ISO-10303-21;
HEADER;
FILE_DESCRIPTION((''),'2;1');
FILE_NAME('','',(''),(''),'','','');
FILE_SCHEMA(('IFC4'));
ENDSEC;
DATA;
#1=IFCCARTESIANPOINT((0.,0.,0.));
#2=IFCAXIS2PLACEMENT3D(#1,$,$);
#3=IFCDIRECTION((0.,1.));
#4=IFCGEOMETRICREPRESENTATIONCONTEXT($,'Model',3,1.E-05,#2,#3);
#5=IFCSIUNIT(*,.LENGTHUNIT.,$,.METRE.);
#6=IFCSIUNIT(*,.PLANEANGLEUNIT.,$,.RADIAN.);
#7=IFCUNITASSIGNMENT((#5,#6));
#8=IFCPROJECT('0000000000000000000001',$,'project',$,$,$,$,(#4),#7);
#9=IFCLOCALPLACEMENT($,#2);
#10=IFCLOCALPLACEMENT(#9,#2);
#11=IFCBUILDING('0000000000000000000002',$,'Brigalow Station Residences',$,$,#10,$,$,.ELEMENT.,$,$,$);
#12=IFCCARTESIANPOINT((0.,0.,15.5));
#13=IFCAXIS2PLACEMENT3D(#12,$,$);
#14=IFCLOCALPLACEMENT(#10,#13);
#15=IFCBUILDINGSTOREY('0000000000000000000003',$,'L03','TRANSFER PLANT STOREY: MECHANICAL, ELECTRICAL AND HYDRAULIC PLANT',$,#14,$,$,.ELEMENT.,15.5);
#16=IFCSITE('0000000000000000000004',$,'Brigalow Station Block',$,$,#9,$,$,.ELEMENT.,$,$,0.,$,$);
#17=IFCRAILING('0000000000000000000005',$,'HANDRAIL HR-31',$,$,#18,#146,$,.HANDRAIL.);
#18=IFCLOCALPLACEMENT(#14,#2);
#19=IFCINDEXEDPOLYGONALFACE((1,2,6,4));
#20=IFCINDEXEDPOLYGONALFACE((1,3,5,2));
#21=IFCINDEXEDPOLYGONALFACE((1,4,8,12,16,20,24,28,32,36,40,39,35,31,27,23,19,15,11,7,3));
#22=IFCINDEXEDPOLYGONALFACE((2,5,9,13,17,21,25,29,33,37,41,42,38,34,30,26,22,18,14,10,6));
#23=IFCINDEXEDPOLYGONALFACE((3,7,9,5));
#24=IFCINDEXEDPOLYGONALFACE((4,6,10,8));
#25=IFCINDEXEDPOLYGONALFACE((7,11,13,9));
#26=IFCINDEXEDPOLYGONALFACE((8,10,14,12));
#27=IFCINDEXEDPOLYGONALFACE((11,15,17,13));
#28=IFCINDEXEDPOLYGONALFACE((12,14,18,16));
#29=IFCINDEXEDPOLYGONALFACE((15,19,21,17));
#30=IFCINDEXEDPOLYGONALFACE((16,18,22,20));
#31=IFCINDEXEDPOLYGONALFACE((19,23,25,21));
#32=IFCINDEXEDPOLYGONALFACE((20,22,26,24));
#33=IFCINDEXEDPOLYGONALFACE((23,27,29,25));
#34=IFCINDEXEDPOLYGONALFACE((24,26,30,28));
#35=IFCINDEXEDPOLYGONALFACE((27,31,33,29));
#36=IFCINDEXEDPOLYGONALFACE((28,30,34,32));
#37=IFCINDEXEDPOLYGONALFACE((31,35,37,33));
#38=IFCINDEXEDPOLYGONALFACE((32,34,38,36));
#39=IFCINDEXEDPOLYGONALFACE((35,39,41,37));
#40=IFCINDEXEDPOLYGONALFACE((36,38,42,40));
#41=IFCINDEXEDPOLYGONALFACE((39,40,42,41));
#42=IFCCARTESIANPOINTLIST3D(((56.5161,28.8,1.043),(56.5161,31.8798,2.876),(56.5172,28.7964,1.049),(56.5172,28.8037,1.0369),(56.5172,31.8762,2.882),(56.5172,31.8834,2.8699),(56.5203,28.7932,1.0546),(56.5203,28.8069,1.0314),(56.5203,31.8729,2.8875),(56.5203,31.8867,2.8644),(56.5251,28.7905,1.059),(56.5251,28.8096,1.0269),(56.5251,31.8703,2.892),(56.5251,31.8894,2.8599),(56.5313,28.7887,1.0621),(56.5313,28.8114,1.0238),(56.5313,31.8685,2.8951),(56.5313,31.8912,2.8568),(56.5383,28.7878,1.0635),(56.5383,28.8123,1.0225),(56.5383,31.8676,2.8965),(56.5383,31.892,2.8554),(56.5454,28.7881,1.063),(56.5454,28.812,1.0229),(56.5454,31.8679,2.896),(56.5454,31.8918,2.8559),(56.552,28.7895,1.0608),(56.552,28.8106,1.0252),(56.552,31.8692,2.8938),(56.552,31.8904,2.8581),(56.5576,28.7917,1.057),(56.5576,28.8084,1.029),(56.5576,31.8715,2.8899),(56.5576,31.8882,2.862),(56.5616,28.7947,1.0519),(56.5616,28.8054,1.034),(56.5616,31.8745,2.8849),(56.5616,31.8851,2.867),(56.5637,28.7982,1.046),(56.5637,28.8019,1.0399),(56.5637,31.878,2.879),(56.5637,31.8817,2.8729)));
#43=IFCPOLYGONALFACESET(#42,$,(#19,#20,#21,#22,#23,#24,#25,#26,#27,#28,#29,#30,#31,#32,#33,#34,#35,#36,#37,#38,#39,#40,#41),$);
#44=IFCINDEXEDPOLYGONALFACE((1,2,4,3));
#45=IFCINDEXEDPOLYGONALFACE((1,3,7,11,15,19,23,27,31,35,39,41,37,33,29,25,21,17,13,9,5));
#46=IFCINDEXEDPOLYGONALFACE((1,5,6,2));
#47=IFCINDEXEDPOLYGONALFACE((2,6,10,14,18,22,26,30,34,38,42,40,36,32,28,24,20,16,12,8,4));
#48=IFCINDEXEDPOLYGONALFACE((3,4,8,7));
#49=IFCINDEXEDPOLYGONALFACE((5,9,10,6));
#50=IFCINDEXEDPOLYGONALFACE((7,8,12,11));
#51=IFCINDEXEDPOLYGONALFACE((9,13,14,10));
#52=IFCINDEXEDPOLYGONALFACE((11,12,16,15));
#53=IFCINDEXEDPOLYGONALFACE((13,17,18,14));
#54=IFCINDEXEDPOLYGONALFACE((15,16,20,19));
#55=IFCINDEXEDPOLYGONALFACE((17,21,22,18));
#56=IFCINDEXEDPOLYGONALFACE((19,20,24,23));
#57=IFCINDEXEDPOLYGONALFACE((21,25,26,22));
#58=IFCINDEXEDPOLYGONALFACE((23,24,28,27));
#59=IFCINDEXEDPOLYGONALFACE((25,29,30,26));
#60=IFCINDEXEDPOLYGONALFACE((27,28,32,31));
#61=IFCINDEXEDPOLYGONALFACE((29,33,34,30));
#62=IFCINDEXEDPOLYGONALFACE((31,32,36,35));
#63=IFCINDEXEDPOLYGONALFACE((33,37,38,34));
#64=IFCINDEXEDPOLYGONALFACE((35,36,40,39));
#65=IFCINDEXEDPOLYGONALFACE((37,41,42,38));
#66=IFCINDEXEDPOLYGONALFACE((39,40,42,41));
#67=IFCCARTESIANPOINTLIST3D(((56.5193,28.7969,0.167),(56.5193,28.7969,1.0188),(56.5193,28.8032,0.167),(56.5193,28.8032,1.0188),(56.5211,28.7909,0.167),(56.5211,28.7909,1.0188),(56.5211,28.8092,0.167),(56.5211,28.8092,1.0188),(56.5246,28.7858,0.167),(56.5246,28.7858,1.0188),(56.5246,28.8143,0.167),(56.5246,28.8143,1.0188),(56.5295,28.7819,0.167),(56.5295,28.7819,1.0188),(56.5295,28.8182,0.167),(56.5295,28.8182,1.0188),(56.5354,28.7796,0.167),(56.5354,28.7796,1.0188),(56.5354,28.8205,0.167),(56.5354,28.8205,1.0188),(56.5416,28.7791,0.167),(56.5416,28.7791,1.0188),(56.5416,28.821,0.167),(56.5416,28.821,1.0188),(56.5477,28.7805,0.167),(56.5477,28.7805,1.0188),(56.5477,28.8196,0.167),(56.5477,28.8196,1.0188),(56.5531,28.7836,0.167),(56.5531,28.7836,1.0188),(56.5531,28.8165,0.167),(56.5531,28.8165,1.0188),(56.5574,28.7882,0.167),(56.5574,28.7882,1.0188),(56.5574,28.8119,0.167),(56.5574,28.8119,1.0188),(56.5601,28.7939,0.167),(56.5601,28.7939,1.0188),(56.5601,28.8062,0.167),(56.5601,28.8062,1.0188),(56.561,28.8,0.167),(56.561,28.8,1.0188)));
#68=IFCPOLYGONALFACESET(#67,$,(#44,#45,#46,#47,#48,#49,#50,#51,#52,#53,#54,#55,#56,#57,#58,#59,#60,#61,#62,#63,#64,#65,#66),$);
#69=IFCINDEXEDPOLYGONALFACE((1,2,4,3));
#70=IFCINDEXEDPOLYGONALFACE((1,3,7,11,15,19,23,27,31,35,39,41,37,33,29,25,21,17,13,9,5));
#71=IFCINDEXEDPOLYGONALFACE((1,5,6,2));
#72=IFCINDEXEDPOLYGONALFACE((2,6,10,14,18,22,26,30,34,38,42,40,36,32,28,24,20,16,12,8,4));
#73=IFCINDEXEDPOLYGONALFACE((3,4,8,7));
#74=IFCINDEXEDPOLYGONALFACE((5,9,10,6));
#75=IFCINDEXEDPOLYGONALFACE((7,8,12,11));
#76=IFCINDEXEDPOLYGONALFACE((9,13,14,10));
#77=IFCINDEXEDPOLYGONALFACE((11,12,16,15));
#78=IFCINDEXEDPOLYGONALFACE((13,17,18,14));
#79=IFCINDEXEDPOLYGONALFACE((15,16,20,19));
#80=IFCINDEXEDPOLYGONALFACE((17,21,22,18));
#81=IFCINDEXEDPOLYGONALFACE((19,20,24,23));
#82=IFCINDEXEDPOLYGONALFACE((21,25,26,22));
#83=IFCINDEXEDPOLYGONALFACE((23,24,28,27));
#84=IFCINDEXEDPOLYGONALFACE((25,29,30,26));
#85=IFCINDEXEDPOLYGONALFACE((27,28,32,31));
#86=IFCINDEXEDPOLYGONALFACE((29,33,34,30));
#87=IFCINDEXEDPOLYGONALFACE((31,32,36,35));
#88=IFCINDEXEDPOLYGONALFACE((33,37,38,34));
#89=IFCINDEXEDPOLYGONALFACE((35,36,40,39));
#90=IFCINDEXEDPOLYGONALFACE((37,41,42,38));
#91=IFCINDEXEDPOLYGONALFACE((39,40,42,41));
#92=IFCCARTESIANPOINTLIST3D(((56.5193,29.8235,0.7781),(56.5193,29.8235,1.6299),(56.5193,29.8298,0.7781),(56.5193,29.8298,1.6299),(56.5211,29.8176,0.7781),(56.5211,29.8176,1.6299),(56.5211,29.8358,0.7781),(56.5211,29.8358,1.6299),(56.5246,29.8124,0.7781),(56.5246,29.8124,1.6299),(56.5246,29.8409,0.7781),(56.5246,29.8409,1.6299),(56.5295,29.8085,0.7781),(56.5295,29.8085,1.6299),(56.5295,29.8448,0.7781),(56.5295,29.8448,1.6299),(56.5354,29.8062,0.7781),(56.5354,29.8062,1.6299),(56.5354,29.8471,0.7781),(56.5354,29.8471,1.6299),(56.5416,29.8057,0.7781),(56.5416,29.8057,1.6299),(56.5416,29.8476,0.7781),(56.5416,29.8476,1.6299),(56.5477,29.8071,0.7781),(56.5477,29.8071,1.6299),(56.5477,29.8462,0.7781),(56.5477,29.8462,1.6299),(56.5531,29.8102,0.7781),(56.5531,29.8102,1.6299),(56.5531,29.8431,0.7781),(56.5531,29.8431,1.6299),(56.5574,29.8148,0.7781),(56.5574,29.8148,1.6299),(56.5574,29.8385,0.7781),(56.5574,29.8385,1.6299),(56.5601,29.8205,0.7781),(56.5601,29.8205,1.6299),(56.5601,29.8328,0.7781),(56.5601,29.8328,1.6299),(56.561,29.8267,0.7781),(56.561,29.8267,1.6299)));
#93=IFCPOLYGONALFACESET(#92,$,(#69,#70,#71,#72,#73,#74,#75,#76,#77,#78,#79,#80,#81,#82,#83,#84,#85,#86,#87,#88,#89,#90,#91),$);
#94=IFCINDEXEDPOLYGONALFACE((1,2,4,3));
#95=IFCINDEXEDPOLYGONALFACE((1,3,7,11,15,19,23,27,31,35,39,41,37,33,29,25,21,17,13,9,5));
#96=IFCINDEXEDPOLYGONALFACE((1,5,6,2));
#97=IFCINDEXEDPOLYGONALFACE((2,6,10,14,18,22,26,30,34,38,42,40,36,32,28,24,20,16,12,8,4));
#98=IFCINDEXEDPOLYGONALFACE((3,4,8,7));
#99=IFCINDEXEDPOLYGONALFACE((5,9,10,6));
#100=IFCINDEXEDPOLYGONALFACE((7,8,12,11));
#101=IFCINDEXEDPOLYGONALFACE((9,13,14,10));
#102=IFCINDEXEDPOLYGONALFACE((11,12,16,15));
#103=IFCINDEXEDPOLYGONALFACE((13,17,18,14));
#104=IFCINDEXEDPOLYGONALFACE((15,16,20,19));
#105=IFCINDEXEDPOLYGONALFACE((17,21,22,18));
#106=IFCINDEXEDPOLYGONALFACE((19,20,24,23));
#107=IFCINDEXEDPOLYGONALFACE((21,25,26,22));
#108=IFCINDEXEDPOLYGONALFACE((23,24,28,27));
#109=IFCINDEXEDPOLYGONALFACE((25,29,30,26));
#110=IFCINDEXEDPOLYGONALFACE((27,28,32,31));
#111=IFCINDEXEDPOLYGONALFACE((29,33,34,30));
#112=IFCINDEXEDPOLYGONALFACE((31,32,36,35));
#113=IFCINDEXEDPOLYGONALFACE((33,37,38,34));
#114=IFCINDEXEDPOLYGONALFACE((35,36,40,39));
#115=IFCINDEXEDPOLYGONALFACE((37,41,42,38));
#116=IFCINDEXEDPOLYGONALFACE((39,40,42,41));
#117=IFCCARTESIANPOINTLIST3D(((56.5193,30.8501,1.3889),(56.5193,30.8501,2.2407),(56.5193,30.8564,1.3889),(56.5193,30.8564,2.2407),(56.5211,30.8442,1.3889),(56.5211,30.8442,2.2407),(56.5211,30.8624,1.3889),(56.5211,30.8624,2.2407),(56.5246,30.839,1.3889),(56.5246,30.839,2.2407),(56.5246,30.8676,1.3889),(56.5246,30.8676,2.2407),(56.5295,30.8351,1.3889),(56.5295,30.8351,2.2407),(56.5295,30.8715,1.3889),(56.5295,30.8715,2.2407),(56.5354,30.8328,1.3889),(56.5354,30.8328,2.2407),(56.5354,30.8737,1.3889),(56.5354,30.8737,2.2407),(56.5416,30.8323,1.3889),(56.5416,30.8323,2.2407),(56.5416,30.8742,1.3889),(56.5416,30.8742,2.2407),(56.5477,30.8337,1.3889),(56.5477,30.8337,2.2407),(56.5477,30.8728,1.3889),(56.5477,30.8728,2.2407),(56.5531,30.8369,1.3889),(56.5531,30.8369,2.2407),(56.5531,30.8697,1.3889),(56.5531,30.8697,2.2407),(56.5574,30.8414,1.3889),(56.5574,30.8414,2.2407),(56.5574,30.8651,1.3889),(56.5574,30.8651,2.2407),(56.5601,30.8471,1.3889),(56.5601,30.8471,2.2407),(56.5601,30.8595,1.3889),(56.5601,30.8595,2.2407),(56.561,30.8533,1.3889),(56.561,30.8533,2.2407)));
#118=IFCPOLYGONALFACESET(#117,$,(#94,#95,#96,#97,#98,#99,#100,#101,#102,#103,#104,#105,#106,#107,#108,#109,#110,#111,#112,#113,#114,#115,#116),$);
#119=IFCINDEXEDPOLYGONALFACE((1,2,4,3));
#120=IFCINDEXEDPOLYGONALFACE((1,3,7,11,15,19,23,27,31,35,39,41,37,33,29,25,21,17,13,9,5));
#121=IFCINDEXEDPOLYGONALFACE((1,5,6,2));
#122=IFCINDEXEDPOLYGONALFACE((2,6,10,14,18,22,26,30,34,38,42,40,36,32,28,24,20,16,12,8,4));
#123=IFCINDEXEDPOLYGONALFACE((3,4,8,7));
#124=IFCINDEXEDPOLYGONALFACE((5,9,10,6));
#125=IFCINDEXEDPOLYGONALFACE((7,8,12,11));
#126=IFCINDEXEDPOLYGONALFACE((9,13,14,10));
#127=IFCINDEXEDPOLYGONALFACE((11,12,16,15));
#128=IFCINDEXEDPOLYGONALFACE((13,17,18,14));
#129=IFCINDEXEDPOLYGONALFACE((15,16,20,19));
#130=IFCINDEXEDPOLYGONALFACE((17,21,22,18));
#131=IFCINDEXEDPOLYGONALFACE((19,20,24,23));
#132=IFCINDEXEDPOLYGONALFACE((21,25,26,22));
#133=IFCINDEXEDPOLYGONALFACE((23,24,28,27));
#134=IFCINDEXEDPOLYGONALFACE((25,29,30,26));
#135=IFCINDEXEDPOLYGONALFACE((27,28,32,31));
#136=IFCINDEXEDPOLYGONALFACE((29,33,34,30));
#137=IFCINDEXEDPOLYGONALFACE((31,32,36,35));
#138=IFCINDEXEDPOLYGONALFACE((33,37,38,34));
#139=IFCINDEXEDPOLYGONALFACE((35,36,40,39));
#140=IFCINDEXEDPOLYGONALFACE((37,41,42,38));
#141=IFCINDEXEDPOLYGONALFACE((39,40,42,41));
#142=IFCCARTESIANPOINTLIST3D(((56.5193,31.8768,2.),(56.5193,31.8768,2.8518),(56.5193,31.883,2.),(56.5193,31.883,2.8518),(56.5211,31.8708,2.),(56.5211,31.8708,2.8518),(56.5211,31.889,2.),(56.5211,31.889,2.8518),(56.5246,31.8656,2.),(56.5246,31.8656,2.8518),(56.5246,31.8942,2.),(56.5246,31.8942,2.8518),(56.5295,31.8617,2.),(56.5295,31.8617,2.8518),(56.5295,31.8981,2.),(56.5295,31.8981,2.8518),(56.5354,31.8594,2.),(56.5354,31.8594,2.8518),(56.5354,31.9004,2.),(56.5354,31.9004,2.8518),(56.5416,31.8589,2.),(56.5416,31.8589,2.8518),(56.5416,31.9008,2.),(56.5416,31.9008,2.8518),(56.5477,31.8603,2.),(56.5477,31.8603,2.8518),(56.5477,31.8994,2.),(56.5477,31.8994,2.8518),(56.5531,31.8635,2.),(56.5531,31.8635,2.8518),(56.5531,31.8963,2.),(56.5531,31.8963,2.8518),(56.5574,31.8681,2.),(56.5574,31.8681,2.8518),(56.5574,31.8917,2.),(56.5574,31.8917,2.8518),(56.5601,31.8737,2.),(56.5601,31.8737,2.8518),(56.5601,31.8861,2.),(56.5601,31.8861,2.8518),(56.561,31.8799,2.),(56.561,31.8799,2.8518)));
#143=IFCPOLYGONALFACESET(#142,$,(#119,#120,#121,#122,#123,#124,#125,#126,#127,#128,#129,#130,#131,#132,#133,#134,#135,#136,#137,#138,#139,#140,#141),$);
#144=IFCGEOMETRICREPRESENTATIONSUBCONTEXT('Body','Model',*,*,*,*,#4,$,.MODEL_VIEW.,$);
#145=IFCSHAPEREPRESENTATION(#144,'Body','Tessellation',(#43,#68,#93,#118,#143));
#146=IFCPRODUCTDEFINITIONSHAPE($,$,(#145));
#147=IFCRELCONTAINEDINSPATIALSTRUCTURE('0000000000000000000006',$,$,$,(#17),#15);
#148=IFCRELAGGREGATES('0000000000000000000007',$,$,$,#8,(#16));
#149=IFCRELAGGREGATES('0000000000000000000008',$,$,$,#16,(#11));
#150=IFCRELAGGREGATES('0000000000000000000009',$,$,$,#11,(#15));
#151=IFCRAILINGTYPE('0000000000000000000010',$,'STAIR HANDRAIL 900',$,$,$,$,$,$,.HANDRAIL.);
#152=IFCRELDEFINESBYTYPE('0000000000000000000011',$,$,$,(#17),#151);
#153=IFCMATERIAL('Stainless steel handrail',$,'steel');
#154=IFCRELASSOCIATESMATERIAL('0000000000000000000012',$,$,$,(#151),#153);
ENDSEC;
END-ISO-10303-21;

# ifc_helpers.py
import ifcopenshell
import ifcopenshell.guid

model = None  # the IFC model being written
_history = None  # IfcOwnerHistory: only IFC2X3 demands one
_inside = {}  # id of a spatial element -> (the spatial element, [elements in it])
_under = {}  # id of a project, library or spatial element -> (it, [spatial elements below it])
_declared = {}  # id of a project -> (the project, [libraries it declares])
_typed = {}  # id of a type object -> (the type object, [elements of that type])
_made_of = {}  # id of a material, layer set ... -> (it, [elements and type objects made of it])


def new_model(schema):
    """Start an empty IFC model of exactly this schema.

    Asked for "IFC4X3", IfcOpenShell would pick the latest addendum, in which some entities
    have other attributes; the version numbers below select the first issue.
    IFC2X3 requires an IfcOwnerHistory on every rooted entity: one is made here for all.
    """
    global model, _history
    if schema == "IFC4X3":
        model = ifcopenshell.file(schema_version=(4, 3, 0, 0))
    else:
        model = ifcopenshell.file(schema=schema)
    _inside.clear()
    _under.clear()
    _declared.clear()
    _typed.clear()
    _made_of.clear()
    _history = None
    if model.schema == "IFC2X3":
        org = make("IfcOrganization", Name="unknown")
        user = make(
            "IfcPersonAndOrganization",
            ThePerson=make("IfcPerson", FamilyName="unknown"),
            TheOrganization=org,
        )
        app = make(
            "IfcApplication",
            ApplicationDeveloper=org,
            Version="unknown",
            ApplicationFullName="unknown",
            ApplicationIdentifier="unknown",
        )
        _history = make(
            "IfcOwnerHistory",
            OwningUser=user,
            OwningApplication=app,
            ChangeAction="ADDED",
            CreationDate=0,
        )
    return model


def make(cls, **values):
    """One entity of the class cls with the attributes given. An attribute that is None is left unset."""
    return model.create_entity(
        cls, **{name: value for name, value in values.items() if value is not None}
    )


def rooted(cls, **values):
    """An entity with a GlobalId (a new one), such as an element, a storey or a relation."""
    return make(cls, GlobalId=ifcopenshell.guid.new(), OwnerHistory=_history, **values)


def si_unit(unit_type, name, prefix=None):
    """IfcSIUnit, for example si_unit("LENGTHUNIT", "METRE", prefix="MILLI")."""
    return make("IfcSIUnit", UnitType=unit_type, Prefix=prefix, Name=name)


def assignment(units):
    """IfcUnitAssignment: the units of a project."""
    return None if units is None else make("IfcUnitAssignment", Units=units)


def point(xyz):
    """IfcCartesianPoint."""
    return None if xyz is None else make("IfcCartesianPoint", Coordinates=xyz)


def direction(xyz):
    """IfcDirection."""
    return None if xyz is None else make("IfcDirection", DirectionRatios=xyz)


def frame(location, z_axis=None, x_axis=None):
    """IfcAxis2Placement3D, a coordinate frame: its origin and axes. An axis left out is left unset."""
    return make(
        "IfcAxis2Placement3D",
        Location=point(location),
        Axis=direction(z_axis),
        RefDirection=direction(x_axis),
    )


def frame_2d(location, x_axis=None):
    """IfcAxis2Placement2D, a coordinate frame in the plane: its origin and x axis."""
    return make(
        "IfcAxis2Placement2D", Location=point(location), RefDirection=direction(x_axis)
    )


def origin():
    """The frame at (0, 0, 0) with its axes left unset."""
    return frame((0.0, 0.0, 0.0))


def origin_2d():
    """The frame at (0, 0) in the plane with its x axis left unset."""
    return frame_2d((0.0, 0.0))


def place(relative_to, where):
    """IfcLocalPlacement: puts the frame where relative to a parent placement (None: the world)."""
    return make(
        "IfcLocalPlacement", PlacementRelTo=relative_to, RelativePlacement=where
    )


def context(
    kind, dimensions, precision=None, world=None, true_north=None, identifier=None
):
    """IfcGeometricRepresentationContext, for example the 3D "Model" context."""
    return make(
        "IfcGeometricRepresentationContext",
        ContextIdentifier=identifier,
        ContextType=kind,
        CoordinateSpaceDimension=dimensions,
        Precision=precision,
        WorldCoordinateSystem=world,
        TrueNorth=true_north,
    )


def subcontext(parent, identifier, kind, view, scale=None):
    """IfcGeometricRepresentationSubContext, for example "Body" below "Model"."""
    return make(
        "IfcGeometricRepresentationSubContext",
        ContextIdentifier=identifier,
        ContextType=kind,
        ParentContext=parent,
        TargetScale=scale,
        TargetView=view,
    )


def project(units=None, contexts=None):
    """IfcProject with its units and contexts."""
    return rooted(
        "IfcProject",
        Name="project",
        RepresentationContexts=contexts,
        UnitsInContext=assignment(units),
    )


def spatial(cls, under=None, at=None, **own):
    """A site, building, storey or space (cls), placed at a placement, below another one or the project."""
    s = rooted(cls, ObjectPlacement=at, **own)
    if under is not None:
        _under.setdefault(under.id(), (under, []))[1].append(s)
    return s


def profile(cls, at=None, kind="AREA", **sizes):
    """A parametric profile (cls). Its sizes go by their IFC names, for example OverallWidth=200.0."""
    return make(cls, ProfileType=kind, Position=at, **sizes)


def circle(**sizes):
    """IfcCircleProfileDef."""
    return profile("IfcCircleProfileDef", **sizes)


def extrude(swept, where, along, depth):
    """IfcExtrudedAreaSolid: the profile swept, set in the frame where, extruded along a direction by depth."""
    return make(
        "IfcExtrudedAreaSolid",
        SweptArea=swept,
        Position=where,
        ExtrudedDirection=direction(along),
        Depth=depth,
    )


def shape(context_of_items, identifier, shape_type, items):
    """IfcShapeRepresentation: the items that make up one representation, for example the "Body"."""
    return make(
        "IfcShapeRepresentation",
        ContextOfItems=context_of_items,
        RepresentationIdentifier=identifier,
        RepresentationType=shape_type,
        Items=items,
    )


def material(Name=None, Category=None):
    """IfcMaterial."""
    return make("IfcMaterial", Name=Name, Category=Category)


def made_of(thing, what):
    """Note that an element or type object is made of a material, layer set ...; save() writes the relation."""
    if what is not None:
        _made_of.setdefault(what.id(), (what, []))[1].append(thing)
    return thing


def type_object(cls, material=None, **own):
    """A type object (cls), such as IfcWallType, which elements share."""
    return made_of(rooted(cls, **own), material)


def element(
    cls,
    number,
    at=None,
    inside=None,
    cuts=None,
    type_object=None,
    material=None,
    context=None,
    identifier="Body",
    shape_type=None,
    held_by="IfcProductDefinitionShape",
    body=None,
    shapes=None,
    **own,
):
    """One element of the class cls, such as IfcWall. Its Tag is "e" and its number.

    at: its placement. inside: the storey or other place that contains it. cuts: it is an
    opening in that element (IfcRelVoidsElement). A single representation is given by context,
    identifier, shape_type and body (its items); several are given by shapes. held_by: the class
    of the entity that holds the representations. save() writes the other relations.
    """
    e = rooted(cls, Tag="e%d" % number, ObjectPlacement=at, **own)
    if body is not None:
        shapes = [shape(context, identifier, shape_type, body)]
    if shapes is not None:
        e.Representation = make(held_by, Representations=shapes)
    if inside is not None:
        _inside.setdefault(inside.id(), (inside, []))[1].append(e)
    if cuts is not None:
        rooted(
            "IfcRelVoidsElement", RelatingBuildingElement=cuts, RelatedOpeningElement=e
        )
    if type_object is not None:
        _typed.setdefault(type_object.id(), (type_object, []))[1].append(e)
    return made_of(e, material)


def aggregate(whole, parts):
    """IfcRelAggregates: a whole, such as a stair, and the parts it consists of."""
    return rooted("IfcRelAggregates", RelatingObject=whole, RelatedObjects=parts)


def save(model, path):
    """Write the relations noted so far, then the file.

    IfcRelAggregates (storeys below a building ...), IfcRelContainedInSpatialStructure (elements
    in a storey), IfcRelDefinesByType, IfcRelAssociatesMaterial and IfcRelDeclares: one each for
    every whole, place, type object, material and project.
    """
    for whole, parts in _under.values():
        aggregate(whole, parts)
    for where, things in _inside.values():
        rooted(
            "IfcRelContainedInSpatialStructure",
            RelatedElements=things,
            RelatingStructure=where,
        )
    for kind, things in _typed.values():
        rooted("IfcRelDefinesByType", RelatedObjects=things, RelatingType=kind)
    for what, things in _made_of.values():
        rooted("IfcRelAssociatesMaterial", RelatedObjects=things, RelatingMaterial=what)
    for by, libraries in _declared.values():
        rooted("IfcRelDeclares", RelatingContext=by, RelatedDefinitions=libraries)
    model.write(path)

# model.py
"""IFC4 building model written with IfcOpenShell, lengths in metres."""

from ifc_helpers import new_model, si_unit, direction, frame, origin, origin_2d, place, context, subcontext, project, spatial, circle, extrude, material, type_object, element, save


model = new_model("IFC4")

# Units and contexts
model_context = context("Model", 3, precision=1e-05, world=origin(), true_north=direction((0.0, 1.0)))
body_context = subcontext(model_context, "Body", "Model", "MODEL_VIEW")
ifc_project = project(units=[si_unit("LENGTHUNIT", "METRE"), si_unit("PLANEANGLEUNIT", "RADIAN")], contexts=[model_context])

# Site, building, storey
site_placement = place(None, origin())
site = spatial("IfcSite", under=ifc_project, at=site_placement, Name="Brigalow Station Block", CompositionType="ELEMENT", RefElevation=0.0)
building_placement = place(site_placement, origin())
building = spatial("IfcBuilding", under=site, at=building_placement, Name="Brigalow Station Residences", CompositionType="ELEMENT")
storey_placement = place(building_placement, frame((0.0, 0.0, 15.5)))
storey = spatial("IfcBuildingStorey", under=building, at=storey_placement, Name="L03", Description="TRANSFER PLANT STOREY: MECHANICAL, ELECTRICAL AND HYDRAULIC PLANT", CompositionType="ELEMENT", Elevation=15.5)

# Railing
ifc_material_1 = material(Name="Stainless steel handrail", Category="steel")
railing_type = type_object("IfcRailingType", Name="STAIR HANDRAIL 900", PredefinedType="HANDRAIL", material=ifc_material_1)
railing_placement = place(storey_placement, frame((56.54, 28.8, 0.167)))
element("IfcRailing", 1, at=railing_placement, inside=storey, type_object=railing_type, Name="HANDRAIL HR-31", PredefinedType="HANDRAIL", context=body_context, shape_type="SweptSolid", body=[
    extrude(circle(Radius=0.0239, at=origin_2d()), frame((0.0, 0.0, 0.876), z_axis=(0.0, 0.859321, 0.511437), x_axis=(-1.0, 0.0, 0.0)), (0.0, 0.0, 1.0), 3.584),
    extrude(circle(Radius=0.021, at=origin_2d()), origin(), (0.0, 0.0, 1.0), 0.8518),
    extrude(circle(Radius=0.021, at=origin_2d()), frame((0.0, 1.0266, 0.6111)), (0.0, 0.0, 1.0), 0.8518),
    extrude(circle(Radius=0.021, at=origin_2d()), frame((0.0, 2.0532, 1.2219)), (0.0, 0.0, 1.0), 0.8518),
    extrude(circle(Radius=0.021, at=origin_2d()), frame((0.0, 3.0798, 1.833)), (0.0, 0.0, 1.0), 0.8518),
])

save(model, "model.ifc")
